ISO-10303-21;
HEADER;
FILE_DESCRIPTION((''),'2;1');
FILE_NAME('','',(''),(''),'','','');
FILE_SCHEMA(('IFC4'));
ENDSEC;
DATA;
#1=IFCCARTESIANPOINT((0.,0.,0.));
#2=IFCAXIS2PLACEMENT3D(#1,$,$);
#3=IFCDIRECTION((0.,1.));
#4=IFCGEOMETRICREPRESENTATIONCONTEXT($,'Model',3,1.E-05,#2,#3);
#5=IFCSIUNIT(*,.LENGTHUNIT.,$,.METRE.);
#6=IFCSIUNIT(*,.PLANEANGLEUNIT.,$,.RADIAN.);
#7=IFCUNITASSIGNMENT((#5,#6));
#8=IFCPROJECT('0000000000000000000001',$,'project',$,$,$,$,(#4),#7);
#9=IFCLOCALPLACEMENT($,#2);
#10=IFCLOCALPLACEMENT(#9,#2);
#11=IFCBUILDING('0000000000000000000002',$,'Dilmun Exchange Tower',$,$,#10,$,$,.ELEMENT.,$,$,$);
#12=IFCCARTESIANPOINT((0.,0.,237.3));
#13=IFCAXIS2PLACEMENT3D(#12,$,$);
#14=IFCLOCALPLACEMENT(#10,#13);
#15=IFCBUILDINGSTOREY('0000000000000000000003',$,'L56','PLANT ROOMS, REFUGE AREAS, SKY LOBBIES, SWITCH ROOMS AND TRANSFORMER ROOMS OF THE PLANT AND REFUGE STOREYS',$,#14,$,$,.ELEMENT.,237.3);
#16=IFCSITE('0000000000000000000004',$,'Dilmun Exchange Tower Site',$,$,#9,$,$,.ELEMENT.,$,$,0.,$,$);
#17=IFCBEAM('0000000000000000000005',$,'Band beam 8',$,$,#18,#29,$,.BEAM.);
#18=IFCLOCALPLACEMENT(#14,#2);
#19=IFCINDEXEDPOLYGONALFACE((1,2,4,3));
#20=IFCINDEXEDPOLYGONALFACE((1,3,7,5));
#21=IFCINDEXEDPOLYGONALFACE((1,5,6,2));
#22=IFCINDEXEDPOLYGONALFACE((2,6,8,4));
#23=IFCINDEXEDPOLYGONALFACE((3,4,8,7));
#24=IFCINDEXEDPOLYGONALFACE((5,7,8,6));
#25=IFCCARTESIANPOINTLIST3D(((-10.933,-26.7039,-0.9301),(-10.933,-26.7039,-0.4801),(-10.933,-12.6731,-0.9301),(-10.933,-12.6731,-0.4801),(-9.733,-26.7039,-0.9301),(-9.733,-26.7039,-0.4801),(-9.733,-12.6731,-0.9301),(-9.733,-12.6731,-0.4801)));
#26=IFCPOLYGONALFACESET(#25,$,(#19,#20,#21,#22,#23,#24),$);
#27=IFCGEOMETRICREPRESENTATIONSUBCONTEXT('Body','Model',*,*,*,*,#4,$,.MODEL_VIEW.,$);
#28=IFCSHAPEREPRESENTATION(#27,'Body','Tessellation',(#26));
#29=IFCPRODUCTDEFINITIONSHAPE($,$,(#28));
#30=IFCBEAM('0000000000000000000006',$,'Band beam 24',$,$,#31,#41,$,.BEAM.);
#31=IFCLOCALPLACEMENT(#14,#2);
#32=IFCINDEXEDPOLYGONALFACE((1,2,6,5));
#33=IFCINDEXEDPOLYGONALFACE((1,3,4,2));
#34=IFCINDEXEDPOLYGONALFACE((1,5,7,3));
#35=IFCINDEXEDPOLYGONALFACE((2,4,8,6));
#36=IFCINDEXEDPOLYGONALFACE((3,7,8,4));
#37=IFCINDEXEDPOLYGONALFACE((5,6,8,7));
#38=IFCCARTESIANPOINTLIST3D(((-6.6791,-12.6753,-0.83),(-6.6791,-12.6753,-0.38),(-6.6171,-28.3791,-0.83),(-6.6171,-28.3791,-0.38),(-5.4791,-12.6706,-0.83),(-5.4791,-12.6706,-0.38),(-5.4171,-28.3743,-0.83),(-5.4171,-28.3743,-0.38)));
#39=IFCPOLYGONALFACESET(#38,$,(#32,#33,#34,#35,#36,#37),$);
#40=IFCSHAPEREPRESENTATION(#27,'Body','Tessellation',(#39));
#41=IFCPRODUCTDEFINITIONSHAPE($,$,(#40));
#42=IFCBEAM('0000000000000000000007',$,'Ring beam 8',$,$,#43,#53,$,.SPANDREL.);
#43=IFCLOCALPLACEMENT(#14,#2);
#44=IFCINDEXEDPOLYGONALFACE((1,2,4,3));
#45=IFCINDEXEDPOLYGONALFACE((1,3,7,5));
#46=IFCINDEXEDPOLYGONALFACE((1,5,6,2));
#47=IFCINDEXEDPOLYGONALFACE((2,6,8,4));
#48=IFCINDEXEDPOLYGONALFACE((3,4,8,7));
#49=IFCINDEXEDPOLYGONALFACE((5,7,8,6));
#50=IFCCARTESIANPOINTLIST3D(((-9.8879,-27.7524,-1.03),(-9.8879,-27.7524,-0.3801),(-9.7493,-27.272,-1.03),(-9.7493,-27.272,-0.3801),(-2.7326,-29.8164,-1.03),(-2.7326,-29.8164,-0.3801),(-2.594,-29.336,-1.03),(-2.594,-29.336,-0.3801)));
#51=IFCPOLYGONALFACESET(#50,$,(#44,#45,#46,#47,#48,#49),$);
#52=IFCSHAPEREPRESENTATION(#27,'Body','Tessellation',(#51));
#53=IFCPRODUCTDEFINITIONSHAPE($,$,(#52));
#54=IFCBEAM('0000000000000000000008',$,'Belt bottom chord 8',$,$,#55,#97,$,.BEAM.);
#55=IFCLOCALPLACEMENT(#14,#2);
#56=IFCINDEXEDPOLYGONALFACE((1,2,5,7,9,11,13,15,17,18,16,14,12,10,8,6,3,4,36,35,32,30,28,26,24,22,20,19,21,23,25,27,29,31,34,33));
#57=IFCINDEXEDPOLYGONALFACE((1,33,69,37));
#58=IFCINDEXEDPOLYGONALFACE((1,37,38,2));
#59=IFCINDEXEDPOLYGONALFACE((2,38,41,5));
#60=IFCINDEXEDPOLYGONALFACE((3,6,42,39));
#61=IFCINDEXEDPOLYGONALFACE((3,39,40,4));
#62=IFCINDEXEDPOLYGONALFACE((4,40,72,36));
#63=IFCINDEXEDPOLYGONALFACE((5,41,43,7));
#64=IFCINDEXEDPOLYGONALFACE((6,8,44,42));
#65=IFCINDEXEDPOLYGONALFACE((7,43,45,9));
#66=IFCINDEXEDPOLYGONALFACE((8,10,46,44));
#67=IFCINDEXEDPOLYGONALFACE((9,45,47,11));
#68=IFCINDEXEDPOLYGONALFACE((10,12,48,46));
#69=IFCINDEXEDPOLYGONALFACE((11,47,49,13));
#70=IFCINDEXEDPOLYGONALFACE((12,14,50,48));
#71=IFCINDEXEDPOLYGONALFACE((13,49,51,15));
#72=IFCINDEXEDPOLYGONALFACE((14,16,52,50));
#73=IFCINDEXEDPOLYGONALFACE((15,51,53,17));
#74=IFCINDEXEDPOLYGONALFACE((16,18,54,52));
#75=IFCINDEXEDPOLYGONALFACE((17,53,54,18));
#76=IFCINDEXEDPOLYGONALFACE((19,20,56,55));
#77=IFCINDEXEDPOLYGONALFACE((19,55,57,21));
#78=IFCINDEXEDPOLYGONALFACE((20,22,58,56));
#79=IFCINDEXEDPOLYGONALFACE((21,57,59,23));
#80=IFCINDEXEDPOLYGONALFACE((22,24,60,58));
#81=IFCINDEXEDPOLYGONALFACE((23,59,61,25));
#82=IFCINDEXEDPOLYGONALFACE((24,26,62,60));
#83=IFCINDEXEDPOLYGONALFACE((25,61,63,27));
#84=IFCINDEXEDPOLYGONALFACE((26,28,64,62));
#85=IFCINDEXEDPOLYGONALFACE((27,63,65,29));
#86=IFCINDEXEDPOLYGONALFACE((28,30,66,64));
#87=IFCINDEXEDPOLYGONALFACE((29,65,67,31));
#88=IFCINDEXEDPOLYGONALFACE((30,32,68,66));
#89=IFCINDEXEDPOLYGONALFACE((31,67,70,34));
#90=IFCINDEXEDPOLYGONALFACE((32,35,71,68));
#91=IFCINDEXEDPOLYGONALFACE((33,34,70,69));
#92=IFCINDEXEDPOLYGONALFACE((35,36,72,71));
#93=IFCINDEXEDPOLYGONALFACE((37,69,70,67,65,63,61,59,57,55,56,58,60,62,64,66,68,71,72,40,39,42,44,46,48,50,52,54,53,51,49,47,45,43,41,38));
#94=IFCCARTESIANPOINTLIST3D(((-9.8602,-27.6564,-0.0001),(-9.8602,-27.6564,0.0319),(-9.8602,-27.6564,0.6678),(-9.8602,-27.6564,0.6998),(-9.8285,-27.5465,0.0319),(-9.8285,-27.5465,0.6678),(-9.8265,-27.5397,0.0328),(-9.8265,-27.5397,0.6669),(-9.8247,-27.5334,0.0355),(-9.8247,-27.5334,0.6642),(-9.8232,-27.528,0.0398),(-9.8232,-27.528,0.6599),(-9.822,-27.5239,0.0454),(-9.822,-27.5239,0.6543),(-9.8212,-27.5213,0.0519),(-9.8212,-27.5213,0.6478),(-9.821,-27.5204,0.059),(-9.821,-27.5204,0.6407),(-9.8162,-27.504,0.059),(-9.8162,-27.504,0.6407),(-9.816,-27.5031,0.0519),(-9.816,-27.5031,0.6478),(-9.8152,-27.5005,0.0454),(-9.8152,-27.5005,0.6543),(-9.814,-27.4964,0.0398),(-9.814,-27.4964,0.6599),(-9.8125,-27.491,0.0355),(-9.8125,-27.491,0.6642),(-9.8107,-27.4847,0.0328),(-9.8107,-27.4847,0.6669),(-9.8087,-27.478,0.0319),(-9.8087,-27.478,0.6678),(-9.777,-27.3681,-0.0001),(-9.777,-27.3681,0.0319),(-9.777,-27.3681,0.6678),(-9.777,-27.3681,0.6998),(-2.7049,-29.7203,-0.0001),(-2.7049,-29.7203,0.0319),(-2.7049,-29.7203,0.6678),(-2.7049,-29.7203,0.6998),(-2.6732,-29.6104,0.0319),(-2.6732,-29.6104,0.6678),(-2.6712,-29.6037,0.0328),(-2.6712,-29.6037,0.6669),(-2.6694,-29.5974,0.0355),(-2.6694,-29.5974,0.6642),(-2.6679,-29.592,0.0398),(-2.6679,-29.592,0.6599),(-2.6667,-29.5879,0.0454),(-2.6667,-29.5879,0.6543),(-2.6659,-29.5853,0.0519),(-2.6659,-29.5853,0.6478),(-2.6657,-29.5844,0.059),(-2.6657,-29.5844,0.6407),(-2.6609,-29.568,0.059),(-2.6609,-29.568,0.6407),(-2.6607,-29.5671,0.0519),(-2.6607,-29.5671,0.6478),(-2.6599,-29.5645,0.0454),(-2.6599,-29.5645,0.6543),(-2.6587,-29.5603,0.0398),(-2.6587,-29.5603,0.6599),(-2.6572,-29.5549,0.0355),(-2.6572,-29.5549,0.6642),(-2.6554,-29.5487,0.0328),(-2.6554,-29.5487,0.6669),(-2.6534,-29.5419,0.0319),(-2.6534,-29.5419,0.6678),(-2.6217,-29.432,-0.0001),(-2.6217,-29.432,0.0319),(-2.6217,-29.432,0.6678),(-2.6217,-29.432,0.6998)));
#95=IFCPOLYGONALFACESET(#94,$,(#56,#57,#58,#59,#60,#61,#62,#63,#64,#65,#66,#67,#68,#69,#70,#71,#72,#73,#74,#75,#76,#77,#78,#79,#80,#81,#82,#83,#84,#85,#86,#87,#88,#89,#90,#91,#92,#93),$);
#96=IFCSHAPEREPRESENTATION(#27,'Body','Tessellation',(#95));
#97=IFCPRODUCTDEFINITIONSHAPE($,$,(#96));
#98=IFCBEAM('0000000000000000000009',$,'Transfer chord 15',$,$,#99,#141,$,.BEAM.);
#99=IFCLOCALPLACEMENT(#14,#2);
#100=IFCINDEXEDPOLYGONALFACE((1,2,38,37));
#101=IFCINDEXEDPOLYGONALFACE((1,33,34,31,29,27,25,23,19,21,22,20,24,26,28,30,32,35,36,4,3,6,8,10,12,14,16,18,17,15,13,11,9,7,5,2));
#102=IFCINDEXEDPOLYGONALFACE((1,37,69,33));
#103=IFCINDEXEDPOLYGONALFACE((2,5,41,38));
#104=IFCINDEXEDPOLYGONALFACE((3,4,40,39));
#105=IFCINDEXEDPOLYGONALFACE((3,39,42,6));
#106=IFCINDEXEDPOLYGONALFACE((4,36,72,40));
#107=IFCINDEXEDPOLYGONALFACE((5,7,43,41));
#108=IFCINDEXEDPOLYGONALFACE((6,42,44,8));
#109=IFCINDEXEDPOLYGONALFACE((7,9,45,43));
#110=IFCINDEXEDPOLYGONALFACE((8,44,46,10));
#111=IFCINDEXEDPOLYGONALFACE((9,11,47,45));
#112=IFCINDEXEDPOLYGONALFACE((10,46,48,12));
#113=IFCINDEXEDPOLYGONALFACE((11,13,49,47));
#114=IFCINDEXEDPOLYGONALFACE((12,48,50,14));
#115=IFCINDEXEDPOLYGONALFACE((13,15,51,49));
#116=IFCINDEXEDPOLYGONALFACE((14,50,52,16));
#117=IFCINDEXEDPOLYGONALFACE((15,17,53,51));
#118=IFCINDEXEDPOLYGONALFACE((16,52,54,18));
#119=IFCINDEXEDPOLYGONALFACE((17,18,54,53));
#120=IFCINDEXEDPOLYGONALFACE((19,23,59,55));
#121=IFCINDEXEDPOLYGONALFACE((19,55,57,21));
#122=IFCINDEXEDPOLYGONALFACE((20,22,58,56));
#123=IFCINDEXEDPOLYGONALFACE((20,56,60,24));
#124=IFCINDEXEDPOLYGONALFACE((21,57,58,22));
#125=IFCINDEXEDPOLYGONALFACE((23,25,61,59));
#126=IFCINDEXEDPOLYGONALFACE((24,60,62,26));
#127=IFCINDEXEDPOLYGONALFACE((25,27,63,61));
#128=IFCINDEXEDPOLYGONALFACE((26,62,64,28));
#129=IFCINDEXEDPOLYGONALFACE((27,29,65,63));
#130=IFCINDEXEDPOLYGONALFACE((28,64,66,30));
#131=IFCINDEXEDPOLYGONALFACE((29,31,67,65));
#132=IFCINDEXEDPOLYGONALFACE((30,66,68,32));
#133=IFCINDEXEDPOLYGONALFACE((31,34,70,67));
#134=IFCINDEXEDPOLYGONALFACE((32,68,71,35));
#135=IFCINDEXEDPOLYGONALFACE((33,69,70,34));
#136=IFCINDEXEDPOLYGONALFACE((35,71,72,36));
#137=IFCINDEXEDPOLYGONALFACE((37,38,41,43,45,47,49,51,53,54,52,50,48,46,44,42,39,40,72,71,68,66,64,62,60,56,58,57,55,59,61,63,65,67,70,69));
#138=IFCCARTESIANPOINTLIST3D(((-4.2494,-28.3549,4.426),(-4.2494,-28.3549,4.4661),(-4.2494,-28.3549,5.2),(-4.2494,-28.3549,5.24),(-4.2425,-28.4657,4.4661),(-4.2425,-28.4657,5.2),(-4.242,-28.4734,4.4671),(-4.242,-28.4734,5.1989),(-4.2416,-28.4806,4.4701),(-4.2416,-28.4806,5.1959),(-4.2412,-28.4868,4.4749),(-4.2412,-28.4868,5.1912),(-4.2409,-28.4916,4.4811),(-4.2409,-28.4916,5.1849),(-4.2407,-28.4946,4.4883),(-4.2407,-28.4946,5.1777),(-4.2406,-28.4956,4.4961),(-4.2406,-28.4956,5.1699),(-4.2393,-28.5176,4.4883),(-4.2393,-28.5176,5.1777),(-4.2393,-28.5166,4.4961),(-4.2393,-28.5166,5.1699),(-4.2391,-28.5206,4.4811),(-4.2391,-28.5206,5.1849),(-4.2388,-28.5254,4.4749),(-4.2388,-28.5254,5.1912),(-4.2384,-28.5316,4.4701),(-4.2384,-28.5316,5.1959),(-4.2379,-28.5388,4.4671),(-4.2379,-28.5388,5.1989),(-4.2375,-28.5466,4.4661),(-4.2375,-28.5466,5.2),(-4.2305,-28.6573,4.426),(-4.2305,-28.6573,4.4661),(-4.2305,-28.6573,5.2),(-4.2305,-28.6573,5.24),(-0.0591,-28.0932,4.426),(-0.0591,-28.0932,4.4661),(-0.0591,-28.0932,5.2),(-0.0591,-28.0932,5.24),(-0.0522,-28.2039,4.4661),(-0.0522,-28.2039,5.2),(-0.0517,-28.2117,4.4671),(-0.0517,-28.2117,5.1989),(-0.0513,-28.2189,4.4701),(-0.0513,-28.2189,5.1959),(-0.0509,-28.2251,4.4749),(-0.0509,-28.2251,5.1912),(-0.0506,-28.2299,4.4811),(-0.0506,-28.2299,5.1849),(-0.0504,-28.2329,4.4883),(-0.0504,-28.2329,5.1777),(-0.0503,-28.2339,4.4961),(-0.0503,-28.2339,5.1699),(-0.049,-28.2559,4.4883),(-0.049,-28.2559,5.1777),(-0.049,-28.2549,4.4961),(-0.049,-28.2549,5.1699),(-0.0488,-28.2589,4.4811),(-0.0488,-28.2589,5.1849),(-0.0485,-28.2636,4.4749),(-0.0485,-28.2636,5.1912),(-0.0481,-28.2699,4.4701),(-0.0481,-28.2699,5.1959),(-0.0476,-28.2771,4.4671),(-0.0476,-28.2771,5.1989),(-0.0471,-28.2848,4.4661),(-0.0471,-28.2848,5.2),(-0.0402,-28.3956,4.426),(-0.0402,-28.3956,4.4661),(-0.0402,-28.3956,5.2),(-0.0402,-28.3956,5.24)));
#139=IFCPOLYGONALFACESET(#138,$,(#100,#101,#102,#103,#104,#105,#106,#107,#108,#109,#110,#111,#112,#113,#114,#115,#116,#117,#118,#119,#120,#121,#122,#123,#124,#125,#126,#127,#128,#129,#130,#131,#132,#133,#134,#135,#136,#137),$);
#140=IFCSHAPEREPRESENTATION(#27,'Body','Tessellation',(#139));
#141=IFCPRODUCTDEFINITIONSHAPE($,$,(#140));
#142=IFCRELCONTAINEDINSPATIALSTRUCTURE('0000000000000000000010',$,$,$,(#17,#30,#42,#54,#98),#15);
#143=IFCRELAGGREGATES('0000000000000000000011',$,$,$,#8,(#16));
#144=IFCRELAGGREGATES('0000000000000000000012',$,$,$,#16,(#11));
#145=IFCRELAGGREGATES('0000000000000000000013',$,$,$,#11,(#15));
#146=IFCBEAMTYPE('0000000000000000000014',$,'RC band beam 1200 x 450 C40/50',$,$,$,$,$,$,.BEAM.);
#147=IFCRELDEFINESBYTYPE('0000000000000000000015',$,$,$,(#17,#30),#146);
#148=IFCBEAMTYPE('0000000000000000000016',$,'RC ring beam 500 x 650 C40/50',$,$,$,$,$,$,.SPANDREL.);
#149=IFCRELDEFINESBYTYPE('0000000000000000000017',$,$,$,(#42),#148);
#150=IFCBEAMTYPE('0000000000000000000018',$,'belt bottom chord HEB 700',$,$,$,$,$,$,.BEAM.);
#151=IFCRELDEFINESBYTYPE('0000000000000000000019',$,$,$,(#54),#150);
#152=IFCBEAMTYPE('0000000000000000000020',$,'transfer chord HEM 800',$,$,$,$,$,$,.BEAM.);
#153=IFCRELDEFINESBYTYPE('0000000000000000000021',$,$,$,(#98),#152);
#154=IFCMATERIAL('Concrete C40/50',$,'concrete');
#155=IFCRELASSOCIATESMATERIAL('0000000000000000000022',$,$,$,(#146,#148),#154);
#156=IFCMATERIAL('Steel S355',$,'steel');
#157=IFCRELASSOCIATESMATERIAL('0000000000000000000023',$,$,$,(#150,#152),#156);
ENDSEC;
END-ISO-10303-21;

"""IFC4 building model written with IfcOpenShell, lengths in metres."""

from ifc_helpers import new_model, si_unit, direction, frame, origin, origin_2d, place, context, subcontext, project, spatial, rectangle, i_section, extrude, material, material_profile, profile_set, type_object, element, save


model = new_model("IFC4")

# Units and contexts
model_context = context("Model", 3, precision=1e-05, world=origin(), true_north=direction((0.0, 1.0)))
body_context = subcontext(model_context, "Body", "Model", "MODEL_VIEW")
ifc_project = project(units=[si_unit("LENGTHUNIT", "METRE"), si_unit("PLANEANGLEUNIT", "RADIAN")], contexts=[model_context])

# Site, building, storey
site_placement = place(None, origin())
site = spatial("IfcSite", under=ifc_project, at=site_placement, Name="Dilmun Exchange Tower Site", CompositionType="ELEMENT", RefElevation=0.0)
building_placement = place(site_placement, origin())
building = spatial("IfcBuilding", under=site, at=building_placement, Name="Dilmun Exchange Tower", CompositionType="ELEMENT")
storey_placement = place(building_placement, frame((0.0, 0.0, 237.3)))
storey = spatial("IfcBuildingStorey", under=building, at=storey_placement, Name="L56", Description="PLANT ROOMS, REFUGE AREAS, SKY LOBBIES, SWITCH ROOMS AND TRANSFORMER ROOMS OF THE PLANT AND REFUGE STOREYS", CompositionType="ELEMENT", Elevation=237.3)

# Beams
ifc_material_1 = material(Name="Concrete C40/50", Category="concrete")
ifc_material_profile_1 = material_profile(ifc_material_1, rectangle(XDim=1.2, YDim=0.45, at=origin_2d()), Name="1200 x 450")
ifc_profile_set_1 = profile_set([ifc_material_profile_1], Name="Concrete C40/50")
beam_type_1 = type_object("IfcBeamType", Name="RC band beam 1200 x 450 C40/50", PredefinedType="BEAM", material=ifc_profile_set_1)
beam_1_placement = place(storey_placement, frame((-10.333, -26.7039, -0.7051), z_axis=(0.0, 1.0, 0.0), x_axis=(-1.0, 0.0, 0.0)))
element("IfcBeam", 1, at=beam_1_placement, inside=storey, type_object=beam_type_1, Name="Band beam 8", PredefinedType="BEAM", context=body_context, shape_type="SweptSolid", body=[
    extrude(rectangle(XDim=1.2, YDim=0.45, at=origin_2d()), origin(), (0.0, 0.0, 1.0), 14.0308),
])
beam_2_placement = place(storey_placement, frame((-6.0171, -28.3767, -0.605), z_axis=(-0.003949, 0.999992, 0.0), x_axis=(-0.999992, -0.003949, 0.0)))
element("IfcBeam", 2, at=beam_2_placement, inside=storey, type_object=beam_type_1, Name="Band beam 24", PredefinedType="BEAM", context=body_context, shape_type="SweptSolid", body=[
    extrude(rectangle(XDim=1.2, YDim=0.45, at=origin_2d()), origin(), (0.0, 0.0, 1.0), 15.7039),
])
ifc_material_profile_2 = material_profile(ifc_material_1, rectangle(XDim=0.5, YDim=0.6499, at=origin_2d()), Name="500 x 650")
ifc_profile_set_2 = profile_set([ifc_material_profile_2], Name="Concrete C40/50")
beam_type_2 = type_object("IfcBeamType", Name="RC ring beam 500 x 650 C40/50", PredefinedType="SPANDREL", material=ifc_profile_set_2)
beam_3_placement = place(storey_placement, frame((-9.8186, -27.5122, -0.7051), z_axis=(0.960826, -0.277154, 0.0), x_axis=(0.277154, 0.960826, 0.0)))
element("IfcBeam", 3, at=beam_3_placement, inside=storey, type_object=beam_type_2, Name="Ring beam 8", PredefinedType="SPANDREL", context=body_context, shape_type="SweptSolid", body=[
    extrude(rectangle(XDim=0.5, YDim=0.6499, at=origin_2d()), origin(), (0.0, 0.0, 1.0), 7.447),
])
ifc_material_2 = material(Name="Steel S355", Category="steel")
ifc_material_profile_3 = material_profile(ifc_material_2, i_section(OverallWidth=0.3, OverallDepth=0.7, WebThickness=0.0171, FlangeThickness=0.032, FilletRadius=0.0271, at=origin_2d()), Name="HEB 700")
ifc_profile_set_3 = profile_set([ifc_material_profile_3], Name="Steel S355")
beam_type_3 = type_object("IfcBeamType", Name="belt bottom chord HEB 700", PredefinedType="BEAM", material=ifc_profile_set_3)
beam_4_placement = place(storey_placement, frame((-9.8186, -27.5122, 0.3499), z_axis=(0.960826, -0.277154, 0.0), x_axis=(0.277154, 0.960826, 0.0)))
element("IfcBeam", 4, at=beam_4_placement, inside=storey, type_object=beam_type_3, Name="Belt bottom chord 8", PredefinedType="BEAM", context=body_context, shape_type="SweptSolid", body=[
    extrude(i_section(OverallWidth=0.3, OverallDepth=0.7, WebThickness=0.0171, FlangeThickness=0.032, FilletRadius=0.0271, at=origin_2d()), origin(), (0.0, 0.0, 1.0), 7.447),
])
ifc_material_profile_4 = material_profile(ifc_material_2, i_section(OverallWidth=0.303, OverallDepth=0.814, WebThickness=0.021, FlangeThickness=0.04, FilletRadius=0.03, at=origin_2d()), Name="HEM 800")
ifc_profile_set_4 = profile_set([ifc_material_profile_4], Name="Steel S355")
beam_type_4 = type_object("IfcBeamType", Name="transfer chord HEM 800", PredefinedType="BEAM", material=ifc_profile_set_4)
beam_5_placement = place(storey_placement, frame((-4.24, -28.5061, 4.833), z_axis=(0.998055, 0.062335, 0.0), x_axis=(-0.062335, 0.998055, 0.0)))
element("IfcBeam", 5, at=beam_5_placement, inside=storey, type_object=beam_type_4, Name="Transfer chord 15", PredefinedType="BEAM", context=body_context, shape_type="SweptSolid", body=[
    extrude(i_section(OverallWidth=0.303, OverallDepth=0.814, WebThickness=0.021, FlangeThickness=0.04, FilletRadius=0.03, at=origin_2d()), origin(), (0.0, 0.0, 1.0), 4.1985),
])

save(model, "model.ifc")
